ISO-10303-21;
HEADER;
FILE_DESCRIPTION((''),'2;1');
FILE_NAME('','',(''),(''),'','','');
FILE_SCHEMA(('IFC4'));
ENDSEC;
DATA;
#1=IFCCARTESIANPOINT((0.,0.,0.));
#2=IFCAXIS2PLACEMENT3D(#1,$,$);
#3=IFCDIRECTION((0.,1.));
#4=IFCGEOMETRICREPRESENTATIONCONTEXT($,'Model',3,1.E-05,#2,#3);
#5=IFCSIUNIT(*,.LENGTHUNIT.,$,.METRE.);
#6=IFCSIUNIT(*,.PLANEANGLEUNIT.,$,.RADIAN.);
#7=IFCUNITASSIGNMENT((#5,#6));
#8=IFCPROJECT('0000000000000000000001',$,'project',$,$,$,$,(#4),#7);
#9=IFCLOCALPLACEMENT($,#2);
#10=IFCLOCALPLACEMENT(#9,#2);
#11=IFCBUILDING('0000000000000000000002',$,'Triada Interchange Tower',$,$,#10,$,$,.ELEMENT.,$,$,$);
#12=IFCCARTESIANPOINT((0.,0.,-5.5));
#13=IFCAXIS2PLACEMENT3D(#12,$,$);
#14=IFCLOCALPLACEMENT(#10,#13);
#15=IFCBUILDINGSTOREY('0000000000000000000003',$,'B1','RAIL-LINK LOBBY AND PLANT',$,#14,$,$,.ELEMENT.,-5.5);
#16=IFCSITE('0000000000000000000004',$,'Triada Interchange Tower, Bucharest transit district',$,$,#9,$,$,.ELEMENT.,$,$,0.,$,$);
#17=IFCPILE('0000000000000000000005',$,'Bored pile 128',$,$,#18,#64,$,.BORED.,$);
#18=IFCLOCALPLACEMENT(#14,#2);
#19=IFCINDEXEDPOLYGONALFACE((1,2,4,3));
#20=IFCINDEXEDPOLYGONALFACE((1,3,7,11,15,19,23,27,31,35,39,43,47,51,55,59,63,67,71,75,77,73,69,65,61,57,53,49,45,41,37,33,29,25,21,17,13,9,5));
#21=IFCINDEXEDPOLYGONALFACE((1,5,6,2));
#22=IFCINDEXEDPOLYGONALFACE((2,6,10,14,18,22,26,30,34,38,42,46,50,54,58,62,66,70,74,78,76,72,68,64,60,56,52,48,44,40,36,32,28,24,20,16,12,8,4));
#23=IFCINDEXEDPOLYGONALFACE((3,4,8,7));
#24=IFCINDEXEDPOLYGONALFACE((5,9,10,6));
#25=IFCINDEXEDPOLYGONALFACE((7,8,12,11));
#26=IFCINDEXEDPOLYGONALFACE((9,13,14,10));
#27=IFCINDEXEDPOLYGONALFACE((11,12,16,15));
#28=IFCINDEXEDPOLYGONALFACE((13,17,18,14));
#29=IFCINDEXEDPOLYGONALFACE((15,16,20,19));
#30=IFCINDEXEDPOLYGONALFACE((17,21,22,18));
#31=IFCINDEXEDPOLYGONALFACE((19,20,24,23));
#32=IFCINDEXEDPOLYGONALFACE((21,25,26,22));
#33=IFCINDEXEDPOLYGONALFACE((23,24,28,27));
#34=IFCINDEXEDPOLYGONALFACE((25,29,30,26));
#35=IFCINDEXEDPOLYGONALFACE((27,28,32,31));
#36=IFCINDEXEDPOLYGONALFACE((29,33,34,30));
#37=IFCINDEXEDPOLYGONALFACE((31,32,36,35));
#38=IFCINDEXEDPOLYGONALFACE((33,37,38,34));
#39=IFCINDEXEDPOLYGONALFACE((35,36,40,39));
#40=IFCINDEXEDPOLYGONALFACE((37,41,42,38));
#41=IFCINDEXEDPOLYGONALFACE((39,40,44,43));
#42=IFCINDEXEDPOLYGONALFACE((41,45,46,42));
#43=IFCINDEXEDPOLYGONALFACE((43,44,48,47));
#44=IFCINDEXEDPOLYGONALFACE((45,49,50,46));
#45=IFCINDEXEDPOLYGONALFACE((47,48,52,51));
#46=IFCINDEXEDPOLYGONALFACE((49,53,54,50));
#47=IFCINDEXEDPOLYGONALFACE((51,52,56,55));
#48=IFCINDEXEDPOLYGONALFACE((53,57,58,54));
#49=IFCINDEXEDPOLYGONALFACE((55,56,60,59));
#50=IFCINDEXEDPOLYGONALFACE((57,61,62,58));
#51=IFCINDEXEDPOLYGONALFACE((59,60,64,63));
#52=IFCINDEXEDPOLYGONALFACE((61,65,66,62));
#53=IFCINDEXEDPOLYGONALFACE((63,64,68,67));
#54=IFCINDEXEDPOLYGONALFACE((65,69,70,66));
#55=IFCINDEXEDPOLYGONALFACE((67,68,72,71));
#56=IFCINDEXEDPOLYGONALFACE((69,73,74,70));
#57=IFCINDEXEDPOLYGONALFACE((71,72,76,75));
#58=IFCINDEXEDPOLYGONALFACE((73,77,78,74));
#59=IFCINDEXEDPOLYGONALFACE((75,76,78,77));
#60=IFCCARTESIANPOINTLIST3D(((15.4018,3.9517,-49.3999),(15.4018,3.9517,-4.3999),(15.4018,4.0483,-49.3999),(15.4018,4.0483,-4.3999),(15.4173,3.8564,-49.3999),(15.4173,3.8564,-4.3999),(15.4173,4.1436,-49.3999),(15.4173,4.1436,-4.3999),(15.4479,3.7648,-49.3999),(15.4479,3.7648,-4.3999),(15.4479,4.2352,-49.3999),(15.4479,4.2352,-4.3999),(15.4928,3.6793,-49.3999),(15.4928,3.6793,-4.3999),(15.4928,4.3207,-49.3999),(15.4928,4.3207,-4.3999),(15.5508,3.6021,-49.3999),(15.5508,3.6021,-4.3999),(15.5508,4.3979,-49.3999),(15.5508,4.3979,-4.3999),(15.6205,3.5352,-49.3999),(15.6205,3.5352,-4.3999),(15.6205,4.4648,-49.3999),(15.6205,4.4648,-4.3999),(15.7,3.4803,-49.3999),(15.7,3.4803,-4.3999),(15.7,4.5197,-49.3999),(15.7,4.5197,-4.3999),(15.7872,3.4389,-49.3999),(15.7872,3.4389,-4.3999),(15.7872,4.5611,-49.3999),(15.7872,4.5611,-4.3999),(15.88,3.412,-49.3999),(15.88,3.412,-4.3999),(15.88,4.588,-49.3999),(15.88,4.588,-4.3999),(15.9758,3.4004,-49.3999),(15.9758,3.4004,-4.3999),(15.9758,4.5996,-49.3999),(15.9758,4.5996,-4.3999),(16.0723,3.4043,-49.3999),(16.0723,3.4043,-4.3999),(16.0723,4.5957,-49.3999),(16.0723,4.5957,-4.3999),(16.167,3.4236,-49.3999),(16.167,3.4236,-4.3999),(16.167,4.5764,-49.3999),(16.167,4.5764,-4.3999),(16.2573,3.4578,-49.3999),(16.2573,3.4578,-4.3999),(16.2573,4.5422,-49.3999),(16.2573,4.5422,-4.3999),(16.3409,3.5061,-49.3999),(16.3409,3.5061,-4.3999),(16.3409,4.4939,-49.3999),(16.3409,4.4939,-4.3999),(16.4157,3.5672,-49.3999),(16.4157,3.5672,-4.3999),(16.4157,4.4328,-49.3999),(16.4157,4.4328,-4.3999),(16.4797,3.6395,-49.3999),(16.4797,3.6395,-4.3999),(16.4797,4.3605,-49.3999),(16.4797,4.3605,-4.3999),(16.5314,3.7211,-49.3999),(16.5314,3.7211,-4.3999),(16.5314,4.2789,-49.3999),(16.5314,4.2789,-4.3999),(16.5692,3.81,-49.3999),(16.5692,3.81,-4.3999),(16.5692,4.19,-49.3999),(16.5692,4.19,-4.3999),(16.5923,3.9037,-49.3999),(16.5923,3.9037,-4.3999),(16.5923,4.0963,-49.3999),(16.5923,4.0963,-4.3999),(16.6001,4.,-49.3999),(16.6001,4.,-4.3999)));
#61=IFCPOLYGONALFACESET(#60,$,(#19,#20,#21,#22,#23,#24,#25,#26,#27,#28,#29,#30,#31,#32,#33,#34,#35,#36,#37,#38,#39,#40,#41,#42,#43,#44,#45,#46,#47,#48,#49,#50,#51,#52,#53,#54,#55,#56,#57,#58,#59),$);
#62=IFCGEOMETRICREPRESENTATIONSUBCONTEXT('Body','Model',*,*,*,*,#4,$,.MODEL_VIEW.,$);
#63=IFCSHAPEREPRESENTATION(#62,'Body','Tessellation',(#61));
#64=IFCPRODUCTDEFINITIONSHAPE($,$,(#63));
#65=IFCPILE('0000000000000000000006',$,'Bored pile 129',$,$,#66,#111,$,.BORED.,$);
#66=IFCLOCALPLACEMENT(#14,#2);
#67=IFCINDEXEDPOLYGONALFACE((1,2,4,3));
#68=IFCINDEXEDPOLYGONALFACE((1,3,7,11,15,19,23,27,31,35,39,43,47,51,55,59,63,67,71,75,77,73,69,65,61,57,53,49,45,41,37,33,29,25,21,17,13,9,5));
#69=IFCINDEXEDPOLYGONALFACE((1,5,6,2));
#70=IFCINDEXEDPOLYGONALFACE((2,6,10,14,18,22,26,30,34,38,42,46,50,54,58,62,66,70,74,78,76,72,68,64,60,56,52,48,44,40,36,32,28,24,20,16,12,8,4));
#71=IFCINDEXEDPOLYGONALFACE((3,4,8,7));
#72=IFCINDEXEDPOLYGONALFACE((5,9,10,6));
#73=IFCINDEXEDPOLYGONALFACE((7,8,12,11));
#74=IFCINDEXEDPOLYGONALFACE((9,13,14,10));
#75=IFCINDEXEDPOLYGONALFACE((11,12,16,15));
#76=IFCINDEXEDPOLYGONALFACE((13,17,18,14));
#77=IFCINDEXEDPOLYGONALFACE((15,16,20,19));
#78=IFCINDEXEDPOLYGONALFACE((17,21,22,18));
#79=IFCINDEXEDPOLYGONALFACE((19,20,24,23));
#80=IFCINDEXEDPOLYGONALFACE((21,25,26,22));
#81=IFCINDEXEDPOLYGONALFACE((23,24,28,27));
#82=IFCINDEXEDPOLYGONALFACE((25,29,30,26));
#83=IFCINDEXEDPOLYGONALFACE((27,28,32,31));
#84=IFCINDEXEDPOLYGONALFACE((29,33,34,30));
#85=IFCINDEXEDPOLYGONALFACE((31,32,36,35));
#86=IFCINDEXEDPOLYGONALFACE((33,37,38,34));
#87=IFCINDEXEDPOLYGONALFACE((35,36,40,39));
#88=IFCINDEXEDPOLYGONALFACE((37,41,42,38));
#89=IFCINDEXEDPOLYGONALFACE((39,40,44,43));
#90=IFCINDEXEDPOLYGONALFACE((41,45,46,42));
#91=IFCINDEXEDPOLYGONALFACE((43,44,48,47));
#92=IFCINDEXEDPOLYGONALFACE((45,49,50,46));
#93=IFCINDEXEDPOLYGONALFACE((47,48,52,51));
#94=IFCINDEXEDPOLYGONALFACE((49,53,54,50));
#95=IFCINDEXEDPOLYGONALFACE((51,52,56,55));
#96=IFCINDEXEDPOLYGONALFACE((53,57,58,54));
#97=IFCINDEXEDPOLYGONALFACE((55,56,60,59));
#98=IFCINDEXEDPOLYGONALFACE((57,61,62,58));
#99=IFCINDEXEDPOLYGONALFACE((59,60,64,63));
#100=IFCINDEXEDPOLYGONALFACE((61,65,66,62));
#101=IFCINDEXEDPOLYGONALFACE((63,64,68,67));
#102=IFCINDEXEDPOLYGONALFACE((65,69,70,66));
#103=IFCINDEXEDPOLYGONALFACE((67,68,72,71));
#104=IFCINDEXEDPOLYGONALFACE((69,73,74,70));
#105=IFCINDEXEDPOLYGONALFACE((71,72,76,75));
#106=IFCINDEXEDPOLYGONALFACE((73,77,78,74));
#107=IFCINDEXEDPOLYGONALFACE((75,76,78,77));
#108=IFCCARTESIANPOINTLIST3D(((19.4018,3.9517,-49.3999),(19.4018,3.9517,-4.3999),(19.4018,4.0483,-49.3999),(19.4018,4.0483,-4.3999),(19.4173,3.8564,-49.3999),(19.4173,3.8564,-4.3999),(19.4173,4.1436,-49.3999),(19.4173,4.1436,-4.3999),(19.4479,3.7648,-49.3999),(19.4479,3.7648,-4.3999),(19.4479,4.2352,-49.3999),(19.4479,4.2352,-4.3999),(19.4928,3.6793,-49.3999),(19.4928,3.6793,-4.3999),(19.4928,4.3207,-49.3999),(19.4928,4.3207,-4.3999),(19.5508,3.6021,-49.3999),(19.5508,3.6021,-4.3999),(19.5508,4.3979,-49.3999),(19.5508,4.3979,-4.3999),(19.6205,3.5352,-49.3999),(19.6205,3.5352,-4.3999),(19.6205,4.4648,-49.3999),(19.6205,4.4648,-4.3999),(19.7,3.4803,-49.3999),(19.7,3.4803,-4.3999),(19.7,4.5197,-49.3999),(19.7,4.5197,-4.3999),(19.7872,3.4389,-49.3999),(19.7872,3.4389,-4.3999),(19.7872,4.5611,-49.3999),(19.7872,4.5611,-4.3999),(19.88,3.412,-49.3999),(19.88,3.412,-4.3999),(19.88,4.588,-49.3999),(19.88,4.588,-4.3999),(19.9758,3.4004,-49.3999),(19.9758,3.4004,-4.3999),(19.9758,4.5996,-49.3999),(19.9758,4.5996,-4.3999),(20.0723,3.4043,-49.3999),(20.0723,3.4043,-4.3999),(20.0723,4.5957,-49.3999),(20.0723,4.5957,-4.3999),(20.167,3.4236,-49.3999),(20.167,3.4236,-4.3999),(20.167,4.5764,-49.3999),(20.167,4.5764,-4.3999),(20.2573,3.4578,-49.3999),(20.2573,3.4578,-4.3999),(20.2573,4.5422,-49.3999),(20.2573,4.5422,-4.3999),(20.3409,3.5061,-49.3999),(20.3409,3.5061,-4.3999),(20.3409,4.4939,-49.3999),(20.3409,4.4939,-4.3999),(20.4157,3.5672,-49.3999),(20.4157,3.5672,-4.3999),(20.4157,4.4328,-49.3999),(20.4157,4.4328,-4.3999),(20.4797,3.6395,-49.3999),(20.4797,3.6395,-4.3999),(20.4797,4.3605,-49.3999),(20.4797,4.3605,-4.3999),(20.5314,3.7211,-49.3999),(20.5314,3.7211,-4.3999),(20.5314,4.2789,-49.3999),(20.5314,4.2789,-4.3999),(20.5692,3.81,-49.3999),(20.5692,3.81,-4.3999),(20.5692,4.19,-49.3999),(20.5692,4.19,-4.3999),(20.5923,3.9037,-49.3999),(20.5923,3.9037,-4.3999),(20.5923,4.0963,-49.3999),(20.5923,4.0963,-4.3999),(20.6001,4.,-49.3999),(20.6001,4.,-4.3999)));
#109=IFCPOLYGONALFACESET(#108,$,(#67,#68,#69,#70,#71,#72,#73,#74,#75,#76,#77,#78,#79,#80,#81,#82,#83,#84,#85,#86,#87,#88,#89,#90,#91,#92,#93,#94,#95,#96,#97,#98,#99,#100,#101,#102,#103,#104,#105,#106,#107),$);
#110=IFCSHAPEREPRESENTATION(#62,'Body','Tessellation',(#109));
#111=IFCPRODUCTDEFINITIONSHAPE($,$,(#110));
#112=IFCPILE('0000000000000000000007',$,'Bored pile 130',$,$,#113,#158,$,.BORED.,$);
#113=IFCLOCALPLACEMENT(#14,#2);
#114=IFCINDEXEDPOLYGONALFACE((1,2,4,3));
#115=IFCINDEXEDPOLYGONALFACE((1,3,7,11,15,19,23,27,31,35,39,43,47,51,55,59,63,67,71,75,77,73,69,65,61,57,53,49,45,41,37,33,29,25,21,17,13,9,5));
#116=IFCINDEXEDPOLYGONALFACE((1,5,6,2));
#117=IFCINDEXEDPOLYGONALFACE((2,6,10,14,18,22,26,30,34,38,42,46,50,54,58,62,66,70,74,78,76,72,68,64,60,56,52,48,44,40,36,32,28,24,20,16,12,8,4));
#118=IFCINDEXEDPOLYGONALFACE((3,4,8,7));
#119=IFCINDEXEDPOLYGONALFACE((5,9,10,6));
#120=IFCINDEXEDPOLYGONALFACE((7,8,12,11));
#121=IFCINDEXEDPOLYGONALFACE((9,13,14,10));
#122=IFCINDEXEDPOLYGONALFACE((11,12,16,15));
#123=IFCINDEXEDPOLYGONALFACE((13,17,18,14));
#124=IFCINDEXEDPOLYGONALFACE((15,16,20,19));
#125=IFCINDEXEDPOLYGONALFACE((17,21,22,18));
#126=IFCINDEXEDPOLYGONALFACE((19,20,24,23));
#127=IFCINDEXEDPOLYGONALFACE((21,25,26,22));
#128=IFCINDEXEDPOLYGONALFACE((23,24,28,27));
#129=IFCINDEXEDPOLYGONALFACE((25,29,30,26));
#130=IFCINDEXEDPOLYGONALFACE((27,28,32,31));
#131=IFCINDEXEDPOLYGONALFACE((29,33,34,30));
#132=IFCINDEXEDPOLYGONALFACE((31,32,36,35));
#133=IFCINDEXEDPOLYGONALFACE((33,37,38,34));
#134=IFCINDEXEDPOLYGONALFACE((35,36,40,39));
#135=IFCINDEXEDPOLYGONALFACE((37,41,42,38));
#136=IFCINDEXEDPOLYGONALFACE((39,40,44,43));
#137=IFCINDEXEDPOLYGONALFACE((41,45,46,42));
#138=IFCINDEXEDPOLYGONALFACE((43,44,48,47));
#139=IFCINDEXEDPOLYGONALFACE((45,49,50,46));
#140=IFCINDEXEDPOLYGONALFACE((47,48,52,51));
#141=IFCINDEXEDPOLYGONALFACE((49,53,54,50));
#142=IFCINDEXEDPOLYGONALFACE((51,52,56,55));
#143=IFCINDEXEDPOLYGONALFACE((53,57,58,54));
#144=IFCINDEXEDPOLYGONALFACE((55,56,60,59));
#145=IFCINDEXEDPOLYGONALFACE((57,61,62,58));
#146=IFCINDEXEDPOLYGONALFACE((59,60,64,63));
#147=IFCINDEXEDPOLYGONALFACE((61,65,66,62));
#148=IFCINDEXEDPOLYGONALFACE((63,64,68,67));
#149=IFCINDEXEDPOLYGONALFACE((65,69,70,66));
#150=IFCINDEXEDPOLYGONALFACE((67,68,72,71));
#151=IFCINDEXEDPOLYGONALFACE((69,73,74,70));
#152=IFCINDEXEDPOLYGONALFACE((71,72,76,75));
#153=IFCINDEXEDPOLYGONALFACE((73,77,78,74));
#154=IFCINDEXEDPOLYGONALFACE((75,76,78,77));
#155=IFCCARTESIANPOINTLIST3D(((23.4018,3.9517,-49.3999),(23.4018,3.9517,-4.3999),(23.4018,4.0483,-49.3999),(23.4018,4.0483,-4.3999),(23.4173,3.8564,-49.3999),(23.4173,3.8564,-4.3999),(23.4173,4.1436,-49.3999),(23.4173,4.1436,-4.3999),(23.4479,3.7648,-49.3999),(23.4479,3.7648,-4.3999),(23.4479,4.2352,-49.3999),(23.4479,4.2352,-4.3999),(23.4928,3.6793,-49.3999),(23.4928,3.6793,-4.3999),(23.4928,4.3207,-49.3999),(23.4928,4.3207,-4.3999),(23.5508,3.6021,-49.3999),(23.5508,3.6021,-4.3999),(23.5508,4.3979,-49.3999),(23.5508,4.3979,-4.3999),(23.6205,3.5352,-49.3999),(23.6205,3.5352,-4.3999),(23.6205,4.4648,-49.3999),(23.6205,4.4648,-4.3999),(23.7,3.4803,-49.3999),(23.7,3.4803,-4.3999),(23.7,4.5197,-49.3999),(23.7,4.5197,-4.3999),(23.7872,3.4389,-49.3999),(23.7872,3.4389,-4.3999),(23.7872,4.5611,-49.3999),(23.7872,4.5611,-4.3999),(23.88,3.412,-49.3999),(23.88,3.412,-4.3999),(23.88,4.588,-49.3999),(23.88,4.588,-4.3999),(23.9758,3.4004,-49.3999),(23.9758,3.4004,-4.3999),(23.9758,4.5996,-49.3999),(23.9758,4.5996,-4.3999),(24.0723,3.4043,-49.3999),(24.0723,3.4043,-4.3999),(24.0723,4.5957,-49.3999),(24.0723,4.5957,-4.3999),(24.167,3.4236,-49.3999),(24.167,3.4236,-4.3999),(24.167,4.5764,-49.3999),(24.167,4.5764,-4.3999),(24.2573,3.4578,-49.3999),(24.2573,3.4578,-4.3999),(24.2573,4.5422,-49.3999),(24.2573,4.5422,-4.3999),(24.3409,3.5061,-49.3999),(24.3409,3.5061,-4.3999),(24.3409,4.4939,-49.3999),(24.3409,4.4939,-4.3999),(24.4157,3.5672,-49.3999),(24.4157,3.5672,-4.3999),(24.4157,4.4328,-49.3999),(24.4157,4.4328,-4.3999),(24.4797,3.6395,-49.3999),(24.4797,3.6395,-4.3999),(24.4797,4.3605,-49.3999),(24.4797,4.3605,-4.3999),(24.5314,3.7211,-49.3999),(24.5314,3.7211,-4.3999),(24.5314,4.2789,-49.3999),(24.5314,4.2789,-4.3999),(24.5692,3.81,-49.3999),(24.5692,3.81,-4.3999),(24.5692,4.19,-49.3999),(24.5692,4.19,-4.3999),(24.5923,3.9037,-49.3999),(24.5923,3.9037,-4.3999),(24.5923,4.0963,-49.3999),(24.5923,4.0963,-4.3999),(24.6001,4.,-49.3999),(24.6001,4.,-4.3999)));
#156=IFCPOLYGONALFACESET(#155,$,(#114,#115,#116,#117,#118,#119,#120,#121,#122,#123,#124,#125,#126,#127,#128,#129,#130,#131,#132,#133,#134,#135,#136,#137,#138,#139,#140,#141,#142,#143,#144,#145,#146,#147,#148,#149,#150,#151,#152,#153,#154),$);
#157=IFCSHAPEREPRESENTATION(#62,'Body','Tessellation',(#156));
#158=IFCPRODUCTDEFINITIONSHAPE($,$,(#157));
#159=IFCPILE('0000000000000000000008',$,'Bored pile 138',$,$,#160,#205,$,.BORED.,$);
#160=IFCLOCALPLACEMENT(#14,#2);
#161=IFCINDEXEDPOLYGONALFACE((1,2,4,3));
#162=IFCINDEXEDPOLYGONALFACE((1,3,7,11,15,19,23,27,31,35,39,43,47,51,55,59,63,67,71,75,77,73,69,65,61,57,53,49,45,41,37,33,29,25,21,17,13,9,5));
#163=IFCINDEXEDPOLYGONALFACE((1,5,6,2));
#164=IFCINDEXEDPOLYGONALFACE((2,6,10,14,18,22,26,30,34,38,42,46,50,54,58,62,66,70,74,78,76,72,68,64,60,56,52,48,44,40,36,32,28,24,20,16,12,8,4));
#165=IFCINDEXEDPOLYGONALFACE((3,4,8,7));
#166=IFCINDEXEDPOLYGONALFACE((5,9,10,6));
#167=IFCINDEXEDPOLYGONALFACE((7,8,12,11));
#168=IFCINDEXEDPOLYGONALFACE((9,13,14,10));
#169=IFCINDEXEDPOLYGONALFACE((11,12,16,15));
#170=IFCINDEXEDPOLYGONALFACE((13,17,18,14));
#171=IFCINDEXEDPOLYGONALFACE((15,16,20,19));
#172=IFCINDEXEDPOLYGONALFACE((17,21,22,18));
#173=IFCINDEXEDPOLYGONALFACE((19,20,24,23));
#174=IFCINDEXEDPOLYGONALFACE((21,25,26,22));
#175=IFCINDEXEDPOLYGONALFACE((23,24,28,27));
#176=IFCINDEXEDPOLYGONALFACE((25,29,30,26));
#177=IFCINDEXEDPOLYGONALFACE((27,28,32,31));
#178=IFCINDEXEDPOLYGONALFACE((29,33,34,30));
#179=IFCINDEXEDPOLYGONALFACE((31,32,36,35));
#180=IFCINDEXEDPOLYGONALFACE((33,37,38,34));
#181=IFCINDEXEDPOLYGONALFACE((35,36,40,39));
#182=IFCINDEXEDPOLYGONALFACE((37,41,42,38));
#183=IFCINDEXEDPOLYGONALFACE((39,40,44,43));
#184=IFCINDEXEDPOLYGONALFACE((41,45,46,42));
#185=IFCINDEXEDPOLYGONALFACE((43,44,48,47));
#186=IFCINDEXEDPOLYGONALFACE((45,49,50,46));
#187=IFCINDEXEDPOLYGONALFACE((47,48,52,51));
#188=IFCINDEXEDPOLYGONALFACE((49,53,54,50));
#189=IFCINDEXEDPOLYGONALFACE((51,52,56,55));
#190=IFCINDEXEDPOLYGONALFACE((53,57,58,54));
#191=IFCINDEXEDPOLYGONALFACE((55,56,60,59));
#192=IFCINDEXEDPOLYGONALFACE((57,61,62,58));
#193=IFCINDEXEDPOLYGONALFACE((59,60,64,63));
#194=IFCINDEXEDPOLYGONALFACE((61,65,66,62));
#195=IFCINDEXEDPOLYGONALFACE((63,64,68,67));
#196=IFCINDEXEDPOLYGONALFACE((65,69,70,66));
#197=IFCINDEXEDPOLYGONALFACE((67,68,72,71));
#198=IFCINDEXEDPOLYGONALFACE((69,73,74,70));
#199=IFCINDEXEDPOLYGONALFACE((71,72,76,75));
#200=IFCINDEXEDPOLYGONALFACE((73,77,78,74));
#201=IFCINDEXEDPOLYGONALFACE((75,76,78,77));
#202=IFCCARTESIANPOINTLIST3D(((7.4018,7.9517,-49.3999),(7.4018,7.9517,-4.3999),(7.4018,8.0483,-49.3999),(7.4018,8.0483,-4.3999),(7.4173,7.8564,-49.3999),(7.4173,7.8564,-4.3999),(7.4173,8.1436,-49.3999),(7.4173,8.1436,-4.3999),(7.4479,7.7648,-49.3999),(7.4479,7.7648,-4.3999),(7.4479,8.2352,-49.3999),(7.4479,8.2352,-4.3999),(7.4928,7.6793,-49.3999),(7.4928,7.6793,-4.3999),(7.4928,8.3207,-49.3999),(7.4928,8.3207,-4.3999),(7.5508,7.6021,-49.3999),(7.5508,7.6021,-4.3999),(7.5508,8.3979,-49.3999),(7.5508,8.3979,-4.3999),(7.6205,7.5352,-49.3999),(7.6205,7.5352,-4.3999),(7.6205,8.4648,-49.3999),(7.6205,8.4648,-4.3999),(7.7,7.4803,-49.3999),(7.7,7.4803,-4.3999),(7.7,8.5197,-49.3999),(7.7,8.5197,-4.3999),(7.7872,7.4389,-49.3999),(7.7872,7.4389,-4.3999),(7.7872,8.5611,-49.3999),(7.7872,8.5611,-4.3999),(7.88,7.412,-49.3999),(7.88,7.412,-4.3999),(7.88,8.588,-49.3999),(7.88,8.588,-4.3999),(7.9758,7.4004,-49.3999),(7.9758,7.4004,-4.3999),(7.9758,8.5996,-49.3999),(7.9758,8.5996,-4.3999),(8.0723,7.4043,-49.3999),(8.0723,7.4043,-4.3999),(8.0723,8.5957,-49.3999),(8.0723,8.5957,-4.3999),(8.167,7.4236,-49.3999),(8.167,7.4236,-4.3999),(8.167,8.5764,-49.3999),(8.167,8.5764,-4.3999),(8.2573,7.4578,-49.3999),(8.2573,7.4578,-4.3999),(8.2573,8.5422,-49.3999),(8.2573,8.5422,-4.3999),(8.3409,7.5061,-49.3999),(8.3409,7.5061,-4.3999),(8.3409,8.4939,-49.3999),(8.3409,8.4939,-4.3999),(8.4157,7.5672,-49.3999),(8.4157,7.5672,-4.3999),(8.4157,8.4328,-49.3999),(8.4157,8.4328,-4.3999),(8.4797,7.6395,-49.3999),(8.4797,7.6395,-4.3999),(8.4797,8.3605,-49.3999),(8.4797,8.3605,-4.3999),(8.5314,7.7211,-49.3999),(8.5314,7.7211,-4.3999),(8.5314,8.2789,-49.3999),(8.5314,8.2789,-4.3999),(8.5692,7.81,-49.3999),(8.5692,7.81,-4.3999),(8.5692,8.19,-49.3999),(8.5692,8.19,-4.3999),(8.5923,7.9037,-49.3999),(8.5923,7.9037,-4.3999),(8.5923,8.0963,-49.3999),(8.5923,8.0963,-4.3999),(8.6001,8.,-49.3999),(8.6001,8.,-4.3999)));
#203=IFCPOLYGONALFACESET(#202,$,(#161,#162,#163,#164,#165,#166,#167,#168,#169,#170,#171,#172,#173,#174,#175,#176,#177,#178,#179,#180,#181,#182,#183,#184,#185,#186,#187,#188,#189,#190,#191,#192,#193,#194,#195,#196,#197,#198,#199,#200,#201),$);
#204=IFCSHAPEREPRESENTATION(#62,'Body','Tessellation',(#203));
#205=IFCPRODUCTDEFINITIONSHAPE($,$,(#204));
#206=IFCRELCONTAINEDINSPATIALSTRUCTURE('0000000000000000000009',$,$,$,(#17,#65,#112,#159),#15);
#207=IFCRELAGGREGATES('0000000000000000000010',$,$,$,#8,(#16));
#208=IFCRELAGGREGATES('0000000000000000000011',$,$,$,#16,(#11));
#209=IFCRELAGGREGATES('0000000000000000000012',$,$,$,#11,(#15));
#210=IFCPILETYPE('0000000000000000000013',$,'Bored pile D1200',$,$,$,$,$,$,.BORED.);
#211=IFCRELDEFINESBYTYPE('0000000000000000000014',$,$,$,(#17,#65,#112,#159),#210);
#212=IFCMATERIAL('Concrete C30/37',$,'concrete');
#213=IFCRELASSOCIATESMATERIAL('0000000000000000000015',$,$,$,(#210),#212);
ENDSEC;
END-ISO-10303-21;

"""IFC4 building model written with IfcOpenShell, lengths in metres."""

from ifc_helpers import new_model, si_unit, direction, frame, origin, origin_2d, place, context, subcontext, project, spatial, circle, extrude, material, material_profile, profile_set, type_object, element, save


model = new_model("IFC4")

# Units and contexts
model_context = context("Model", 3, precision=1e-05, world=origin(), true_north=direction((0.0, 1.0)))
body_context = subcontext(model_context, "Body", "Model", "MODEL_VIEW")
ifc_project = project(units=[si_unit("LENGTHUNIT", "METRE"), si_unit("PLANEANGLEUNIT", "RADIAN")], contexts=[model_context])

# Site, building, storey
site_placement = place(None, origin())
site = spatial("IfcSite", under=ifc_project, at=site_placement, Name="Triada Interchange Tower, Bucharest transit district", CompositionType="ELEMENT", RefElevation=0.0)
building_placement = place(site_placement, origin())
building = spatial("IfcBuilding", under=site, at=building_placement, Name="Triada Interchange Tower", CompositionType="ELEMENT")
storey_placement = place(building_placement, frame((0.0, 0.0, -5.5)))
storey = spatial("IfcBuildingStorey", under=building, at=storey_placement, Name="B1", Description="RAIL-LINK LOBBY AND PLANT", CompositionType="ELEMENT", Elevation=-5.5)

# Piles
ifc_material_1 = material(Name="Concrete C30/37", Category="concrete")
ifc_material_profile_1 = material_profile(ifc_material_1, circle(Radius=0.6001, at=origin_2d()), Name="RC D1200")
ifc_profile_set_1 = profile_set([ifc_material_profile_1], Name="Concrete C30/37")
pile_type = type_object("IfcPileType", Name="Bored pile D1200", PredefinedType="BORED", material=ifc_profile_set_1)
for number, where, z_axis, x_axis, name in (
    (1, (16.0, 4.0, -4.3999), (0.0, 0.0, -1.0), (1.0, 0.0, 0.0), "Bored pile 128"),
    (2, (20.0, 4.0, -4.3999), (0.0, 0.0, -1.0), (1.0, 0.0, 0.0), "Bored pile 129"),
    (3, (24.0, 4.0, -4.3999), (0.0, 0.0, -1.0), (1.0, 0.0, 0.0), "Bored pile 130"),
    (4, (8.0, 8.0, -4.3999), (0.0, 0.0, -1.0), (1.0, 0.0, 0.0), "Bored pile 138"),
):
    element("IfcPile", number, at=place(storey_placement, frame(where, z_axis=z_axis, x_axis=x_axis)), inside=storey, type_object=pile_type, Name=name, PredefinedType="BORED", context=body_context, shape_type="SweptSolid", body=[
        extrude(circle(Radius=0.6001, at=origin_2d()), origin(), (0.0, 0.0, 1.0), 45.0),
    ])

save(model, "model.ifc")
